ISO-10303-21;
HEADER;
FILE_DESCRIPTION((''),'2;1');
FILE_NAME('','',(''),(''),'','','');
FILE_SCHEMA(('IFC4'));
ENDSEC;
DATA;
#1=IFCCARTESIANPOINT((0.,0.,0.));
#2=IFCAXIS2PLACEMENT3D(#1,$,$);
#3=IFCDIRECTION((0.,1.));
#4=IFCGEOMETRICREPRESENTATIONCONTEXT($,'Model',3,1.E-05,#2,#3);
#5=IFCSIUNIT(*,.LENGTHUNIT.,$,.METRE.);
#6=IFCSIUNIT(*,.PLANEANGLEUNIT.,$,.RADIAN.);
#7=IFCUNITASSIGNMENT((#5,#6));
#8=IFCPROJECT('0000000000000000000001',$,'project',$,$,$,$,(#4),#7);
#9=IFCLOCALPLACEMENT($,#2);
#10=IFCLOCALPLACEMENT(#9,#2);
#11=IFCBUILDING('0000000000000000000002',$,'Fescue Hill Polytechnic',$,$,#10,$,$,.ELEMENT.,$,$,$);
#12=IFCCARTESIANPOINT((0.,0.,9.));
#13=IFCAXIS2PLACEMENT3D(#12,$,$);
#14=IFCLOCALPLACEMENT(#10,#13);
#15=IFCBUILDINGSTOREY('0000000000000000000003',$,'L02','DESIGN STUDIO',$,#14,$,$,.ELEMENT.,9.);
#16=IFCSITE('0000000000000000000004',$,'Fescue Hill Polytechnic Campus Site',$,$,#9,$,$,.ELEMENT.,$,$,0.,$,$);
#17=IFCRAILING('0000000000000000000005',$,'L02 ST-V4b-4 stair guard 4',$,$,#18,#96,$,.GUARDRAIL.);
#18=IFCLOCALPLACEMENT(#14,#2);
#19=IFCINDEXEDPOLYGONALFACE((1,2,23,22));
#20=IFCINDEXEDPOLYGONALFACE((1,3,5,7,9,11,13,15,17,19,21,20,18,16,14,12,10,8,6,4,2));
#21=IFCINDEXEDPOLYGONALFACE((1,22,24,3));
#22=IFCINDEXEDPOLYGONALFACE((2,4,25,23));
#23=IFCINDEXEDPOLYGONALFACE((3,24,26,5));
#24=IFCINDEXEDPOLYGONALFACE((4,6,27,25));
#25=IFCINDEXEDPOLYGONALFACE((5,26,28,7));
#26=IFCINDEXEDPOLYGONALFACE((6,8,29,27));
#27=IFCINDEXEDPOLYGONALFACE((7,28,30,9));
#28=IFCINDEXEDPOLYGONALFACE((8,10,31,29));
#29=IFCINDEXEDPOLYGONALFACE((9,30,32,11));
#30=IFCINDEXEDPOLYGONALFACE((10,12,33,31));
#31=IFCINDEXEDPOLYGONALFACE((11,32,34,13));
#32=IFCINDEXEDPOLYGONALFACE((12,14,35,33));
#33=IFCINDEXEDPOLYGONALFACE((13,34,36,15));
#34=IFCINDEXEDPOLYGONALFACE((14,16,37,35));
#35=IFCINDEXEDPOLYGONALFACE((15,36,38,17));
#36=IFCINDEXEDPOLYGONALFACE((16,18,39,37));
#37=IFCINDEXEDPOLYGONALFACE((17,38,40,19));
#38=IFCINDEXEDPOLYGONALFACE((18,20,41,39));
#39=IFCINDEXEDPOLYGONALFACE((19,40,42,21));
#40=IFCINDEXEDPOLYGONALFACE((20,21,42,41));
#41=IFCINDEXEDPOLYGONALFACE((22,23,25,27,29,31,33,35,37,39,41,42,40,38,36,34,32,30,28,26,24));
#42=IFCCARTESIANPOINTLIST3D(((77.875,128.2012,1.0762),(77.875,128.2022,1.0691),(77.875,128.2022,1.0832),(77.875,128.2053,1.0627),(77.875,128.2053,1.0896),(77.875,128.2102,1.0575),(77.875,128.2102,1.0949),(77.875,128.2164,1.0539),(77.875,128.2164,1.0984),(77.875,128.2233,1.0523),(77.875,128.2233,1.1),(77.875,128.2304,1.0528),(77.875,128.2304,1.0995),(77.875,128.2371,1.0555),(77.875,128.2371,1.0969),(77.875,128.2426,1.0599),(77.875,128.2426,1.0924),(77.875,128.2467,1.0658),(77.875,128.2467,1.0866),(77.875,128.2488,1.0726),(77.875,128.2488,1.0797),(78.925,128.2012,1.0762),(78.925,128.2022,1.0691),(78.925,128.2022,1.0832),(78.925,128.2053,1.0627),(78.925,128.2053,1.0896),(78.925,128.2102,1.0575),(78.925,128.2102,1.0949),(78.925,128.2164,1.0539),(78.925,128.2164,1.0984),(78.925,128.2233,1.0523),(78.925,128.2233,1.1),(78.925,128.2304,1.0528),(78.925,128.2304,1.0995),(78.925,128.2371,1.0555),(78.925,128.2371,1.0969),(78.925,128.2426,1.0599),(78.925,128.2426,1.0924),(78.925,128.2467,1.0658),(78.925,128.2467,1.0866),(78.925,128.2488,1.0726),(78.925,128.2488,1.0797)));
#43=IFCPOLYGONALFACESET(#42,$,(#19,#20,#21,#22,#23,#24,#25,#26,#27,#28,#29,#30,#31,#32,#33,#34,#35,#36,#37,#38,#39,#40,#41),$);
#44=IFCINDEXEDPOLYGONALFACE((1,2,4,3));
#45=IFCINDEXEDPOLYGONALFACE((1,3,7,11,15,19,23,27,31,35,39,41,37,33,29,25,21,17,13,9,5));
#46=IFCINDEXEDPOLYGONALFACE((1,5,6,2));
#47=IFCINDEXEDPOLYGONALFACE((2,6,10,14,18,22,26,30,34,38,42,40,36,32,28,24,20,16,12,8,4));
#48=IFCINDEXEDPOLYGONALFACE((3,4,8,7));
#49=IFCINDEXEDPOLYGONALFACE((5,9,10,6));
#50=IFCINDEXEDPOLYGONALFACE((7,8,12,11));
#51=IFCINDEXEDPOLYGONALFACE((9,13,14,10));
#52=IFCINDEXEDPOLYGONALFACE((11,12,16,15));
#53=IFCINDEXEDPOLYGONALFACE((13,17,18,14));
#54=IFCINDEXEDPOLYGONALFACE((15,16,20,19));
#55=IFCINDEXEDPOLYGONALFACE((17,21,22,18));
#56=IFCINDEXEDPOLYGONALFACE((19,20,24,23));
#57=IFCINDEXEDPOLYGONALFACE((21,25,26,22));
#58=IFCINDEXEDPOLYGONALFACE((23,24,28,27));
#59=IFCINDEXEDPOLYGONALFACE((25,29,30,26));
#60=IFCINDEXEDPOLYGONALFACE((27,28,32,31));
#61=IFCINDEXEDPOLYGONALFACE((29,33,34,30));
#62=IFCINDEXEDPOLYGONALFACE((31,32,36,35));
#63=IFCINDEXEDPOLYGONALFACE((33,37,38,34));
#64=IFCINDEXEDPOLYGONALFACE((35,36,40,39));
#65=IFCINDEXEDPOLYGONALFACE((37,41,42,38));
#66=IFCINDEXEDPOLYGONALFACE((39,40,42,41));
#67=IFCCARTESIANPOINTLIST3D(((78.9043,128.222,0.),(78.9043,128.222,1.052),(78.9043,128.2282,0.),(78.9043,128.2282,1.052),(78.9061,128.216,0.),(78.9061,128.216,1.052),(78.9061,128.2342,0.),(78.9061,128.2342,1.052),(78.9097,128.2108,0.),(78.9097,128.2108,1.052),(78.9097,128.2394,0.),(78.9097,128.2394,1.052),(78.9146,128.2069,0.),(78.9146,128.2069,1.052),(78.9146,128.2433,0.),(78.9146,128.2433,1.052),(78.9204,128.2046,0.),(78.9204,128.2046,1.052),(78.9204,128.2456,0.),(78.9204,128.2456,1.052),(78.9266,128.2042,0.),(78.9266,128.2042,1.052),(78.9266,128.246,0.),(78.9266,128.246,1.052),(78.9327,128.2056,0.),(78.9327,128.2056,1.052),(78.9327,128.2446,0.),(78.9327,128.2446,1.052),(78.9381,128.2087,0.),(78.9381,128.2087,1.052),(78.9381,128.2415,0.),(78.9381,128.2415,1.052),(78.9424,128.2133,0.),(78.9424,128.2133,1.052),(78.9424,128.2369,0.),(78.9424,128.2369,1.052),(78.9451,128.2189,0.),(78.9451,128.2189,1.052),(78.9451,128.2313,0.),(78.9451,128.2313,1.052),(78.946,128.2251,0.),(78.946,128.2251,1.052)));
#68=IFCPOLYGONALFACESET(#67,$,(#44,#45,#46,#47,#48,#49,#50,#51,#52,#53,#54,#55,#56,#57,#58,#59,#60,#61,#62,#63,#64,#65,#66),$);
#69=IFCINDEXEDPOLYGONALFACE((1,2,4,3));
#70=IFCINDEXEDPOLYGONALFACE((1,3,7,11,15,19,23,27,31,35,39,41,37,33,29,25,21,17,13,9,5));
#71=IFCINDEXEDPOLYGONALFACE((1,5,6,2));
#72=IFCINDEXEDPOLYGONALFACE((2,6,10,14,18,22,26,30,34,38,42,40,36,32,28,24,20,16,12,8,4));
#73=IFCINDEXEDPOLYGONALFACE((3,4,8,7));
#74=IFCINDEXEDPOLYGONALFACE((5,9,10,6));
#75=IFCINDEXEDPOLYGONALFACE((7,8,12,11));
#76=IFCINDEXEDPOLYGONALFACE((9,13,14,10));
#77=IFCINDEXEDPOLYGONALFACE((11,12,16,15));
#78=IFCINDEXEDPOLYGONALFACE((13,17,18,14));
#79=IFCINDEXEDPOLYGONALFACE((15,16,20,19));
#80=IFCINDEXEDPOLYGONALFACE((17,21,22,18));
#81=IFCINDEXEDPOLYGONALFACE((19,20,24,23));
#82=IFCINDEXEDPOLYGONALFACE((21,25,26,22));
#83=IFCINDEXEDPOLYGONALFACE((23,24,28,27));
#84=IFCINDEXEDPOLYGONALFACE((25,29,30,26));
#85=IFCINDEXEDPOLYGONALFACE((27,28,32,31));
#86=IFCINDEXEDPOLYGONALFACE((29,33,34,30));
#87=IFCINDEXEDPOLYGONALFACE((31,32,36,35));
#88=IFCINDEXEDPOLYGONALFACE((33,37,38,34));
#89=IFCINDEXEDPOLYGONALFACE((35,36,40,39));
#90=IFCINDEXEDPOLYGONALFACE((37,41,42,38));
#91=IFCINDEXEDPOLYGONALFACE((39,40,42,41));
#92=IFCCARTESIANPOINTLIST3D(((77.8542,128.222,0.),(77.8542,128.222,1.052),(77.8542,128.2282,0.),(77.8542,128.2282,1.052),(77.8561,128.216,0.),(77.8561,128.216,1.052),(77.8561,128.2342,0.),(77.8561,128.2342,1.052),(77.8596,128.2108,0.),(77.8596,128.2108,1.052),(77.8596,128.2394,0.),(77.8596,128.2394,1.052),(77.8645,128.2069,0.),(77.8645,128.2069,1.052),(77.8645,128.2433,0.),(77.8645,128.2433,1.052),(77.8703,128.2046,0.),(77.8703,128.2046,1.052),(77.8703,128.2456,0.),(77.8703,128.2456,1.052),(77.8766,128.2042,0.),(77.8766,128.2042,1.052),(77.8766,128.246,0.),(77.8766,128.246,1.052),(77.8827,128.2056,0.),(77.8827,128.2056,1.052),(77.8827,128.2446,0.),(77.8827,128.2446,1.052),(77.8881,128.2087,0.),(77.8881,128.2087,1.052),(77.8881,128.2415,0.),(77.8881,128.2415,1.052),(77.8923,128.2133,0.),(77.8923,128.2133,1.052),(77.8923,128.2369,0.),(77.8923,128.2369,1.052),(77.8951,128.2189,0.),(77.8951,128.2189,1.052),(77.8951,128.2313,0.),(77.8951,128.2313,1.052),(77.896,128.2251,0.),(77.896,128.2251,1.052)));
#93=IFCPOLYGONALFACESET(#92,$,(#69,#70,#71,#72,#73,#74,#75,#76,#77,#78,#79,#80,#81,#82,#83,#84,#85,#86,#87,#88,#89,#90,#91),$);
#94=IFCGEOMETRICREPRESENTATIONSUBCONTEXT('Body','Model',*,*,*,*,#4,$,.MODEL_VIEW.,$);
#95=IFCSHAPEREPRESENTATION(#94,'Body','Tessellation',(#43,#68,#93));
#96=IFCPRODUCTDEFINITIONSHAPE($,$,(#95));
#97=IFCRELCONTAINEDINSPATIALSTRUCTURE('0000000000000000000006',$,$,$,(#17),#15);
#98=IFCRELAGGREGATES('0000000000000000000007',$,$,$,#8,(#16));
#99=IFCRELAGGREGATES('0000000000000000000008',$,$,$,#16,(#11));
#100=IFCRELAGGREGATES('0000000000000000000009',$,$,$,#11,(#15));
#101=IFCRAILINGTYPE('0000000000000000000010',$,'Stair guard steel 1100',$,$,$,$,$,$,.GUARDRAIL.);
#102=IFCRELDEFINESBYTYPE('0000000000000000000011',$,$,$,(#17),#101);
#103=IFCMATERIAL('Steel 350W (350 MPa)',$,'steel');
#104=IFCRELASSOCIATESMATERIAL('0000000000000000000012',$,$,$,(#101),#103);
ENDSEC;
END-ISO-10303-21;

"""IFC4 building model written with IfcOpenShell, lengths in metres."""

from ifc_helpers import new_model, si_unit, direction, frame, origin, origin_2d, place, context, subcontext, project, spatial, circle, extrude, material, type_object, element, save


model = new_model("IFC4")

# Units and contexts
model_context = context("Model", 3, precision=1e-05, world=origin(), true_north=direction((0.0, 1.0)))
body_context = subcontext(model_context, "Body", "Model", "MODEL_VIEW")
ifc_project = project(units=[si_unit("LENGTHUNIT", "METRE"), si_unit("PLANEANGLEUNIT", "RADIAN")], contexts=[model_context])

# Site, building, storey
site_placement = place(None, origin())
site = spatial("IfcSite", under=ifc_project, at=site_placement, Name="Fescue Hill Polytechnic Campus Site", CompositionType="ELEMENT", RefElevation=0.0)
building_placement = place(site_placement, origin())
building = spatial("IfcBuilding", under=site, at=building_placement, Name="Fescue Hill Polytechnic", CompositionType="ELEMENT")
storey_placement = place(building_placement, frame((0.0, 0.0, 9.0)))
storey = spatial("IfcBuildingStorey", under=building, at=storey_placement, Name="L02", Description="DESIGN STUDIO", CompositionType="ELEMENT", Elevation=9.0)

# Railing
ifc_material_1 = material(Name="Steel 350W (350 MPa)", Category="steel")
railing_type_1 = type_object("IfcRailingType", Name="Stair guard steel 1100", PredefinedType="GUARDRAIL", material=ifc_material_1)
railing_1_placement = place(storey_placement, frame((78.925, 128.2251, 0.0)))
element("IfcRailing", 1, at=railing_1_placement, inside=storey, type_object=railing_type_1, Name="L02 ST-V4b-4 stair guard 4", PredefinedType="GUARDRAIL", context=body_context, shape_type="SweptSolid", body=[
    extrude(circle(Radius=0.0239, at=origin_2d()), frame((0.0, 0.0, 1.0762), z_axis=(-1.0, 0.0, 0.0), x_axis=(0.0, -1.0, 0.0)), (0.0, 0.0, 1.0), 1.05),
    extrude(circle(Radius=0.021, at=origin_2d()), origin(), (0.0, 0.0, 1.0), 1.052),
    extrude(circle(Radius=0.021, at=origin_2d()), frame((-1.05, 0.0, 0.0)), (0.0, 0.0, 1.0), 1.052),
])

save(model, "model.ifc")
